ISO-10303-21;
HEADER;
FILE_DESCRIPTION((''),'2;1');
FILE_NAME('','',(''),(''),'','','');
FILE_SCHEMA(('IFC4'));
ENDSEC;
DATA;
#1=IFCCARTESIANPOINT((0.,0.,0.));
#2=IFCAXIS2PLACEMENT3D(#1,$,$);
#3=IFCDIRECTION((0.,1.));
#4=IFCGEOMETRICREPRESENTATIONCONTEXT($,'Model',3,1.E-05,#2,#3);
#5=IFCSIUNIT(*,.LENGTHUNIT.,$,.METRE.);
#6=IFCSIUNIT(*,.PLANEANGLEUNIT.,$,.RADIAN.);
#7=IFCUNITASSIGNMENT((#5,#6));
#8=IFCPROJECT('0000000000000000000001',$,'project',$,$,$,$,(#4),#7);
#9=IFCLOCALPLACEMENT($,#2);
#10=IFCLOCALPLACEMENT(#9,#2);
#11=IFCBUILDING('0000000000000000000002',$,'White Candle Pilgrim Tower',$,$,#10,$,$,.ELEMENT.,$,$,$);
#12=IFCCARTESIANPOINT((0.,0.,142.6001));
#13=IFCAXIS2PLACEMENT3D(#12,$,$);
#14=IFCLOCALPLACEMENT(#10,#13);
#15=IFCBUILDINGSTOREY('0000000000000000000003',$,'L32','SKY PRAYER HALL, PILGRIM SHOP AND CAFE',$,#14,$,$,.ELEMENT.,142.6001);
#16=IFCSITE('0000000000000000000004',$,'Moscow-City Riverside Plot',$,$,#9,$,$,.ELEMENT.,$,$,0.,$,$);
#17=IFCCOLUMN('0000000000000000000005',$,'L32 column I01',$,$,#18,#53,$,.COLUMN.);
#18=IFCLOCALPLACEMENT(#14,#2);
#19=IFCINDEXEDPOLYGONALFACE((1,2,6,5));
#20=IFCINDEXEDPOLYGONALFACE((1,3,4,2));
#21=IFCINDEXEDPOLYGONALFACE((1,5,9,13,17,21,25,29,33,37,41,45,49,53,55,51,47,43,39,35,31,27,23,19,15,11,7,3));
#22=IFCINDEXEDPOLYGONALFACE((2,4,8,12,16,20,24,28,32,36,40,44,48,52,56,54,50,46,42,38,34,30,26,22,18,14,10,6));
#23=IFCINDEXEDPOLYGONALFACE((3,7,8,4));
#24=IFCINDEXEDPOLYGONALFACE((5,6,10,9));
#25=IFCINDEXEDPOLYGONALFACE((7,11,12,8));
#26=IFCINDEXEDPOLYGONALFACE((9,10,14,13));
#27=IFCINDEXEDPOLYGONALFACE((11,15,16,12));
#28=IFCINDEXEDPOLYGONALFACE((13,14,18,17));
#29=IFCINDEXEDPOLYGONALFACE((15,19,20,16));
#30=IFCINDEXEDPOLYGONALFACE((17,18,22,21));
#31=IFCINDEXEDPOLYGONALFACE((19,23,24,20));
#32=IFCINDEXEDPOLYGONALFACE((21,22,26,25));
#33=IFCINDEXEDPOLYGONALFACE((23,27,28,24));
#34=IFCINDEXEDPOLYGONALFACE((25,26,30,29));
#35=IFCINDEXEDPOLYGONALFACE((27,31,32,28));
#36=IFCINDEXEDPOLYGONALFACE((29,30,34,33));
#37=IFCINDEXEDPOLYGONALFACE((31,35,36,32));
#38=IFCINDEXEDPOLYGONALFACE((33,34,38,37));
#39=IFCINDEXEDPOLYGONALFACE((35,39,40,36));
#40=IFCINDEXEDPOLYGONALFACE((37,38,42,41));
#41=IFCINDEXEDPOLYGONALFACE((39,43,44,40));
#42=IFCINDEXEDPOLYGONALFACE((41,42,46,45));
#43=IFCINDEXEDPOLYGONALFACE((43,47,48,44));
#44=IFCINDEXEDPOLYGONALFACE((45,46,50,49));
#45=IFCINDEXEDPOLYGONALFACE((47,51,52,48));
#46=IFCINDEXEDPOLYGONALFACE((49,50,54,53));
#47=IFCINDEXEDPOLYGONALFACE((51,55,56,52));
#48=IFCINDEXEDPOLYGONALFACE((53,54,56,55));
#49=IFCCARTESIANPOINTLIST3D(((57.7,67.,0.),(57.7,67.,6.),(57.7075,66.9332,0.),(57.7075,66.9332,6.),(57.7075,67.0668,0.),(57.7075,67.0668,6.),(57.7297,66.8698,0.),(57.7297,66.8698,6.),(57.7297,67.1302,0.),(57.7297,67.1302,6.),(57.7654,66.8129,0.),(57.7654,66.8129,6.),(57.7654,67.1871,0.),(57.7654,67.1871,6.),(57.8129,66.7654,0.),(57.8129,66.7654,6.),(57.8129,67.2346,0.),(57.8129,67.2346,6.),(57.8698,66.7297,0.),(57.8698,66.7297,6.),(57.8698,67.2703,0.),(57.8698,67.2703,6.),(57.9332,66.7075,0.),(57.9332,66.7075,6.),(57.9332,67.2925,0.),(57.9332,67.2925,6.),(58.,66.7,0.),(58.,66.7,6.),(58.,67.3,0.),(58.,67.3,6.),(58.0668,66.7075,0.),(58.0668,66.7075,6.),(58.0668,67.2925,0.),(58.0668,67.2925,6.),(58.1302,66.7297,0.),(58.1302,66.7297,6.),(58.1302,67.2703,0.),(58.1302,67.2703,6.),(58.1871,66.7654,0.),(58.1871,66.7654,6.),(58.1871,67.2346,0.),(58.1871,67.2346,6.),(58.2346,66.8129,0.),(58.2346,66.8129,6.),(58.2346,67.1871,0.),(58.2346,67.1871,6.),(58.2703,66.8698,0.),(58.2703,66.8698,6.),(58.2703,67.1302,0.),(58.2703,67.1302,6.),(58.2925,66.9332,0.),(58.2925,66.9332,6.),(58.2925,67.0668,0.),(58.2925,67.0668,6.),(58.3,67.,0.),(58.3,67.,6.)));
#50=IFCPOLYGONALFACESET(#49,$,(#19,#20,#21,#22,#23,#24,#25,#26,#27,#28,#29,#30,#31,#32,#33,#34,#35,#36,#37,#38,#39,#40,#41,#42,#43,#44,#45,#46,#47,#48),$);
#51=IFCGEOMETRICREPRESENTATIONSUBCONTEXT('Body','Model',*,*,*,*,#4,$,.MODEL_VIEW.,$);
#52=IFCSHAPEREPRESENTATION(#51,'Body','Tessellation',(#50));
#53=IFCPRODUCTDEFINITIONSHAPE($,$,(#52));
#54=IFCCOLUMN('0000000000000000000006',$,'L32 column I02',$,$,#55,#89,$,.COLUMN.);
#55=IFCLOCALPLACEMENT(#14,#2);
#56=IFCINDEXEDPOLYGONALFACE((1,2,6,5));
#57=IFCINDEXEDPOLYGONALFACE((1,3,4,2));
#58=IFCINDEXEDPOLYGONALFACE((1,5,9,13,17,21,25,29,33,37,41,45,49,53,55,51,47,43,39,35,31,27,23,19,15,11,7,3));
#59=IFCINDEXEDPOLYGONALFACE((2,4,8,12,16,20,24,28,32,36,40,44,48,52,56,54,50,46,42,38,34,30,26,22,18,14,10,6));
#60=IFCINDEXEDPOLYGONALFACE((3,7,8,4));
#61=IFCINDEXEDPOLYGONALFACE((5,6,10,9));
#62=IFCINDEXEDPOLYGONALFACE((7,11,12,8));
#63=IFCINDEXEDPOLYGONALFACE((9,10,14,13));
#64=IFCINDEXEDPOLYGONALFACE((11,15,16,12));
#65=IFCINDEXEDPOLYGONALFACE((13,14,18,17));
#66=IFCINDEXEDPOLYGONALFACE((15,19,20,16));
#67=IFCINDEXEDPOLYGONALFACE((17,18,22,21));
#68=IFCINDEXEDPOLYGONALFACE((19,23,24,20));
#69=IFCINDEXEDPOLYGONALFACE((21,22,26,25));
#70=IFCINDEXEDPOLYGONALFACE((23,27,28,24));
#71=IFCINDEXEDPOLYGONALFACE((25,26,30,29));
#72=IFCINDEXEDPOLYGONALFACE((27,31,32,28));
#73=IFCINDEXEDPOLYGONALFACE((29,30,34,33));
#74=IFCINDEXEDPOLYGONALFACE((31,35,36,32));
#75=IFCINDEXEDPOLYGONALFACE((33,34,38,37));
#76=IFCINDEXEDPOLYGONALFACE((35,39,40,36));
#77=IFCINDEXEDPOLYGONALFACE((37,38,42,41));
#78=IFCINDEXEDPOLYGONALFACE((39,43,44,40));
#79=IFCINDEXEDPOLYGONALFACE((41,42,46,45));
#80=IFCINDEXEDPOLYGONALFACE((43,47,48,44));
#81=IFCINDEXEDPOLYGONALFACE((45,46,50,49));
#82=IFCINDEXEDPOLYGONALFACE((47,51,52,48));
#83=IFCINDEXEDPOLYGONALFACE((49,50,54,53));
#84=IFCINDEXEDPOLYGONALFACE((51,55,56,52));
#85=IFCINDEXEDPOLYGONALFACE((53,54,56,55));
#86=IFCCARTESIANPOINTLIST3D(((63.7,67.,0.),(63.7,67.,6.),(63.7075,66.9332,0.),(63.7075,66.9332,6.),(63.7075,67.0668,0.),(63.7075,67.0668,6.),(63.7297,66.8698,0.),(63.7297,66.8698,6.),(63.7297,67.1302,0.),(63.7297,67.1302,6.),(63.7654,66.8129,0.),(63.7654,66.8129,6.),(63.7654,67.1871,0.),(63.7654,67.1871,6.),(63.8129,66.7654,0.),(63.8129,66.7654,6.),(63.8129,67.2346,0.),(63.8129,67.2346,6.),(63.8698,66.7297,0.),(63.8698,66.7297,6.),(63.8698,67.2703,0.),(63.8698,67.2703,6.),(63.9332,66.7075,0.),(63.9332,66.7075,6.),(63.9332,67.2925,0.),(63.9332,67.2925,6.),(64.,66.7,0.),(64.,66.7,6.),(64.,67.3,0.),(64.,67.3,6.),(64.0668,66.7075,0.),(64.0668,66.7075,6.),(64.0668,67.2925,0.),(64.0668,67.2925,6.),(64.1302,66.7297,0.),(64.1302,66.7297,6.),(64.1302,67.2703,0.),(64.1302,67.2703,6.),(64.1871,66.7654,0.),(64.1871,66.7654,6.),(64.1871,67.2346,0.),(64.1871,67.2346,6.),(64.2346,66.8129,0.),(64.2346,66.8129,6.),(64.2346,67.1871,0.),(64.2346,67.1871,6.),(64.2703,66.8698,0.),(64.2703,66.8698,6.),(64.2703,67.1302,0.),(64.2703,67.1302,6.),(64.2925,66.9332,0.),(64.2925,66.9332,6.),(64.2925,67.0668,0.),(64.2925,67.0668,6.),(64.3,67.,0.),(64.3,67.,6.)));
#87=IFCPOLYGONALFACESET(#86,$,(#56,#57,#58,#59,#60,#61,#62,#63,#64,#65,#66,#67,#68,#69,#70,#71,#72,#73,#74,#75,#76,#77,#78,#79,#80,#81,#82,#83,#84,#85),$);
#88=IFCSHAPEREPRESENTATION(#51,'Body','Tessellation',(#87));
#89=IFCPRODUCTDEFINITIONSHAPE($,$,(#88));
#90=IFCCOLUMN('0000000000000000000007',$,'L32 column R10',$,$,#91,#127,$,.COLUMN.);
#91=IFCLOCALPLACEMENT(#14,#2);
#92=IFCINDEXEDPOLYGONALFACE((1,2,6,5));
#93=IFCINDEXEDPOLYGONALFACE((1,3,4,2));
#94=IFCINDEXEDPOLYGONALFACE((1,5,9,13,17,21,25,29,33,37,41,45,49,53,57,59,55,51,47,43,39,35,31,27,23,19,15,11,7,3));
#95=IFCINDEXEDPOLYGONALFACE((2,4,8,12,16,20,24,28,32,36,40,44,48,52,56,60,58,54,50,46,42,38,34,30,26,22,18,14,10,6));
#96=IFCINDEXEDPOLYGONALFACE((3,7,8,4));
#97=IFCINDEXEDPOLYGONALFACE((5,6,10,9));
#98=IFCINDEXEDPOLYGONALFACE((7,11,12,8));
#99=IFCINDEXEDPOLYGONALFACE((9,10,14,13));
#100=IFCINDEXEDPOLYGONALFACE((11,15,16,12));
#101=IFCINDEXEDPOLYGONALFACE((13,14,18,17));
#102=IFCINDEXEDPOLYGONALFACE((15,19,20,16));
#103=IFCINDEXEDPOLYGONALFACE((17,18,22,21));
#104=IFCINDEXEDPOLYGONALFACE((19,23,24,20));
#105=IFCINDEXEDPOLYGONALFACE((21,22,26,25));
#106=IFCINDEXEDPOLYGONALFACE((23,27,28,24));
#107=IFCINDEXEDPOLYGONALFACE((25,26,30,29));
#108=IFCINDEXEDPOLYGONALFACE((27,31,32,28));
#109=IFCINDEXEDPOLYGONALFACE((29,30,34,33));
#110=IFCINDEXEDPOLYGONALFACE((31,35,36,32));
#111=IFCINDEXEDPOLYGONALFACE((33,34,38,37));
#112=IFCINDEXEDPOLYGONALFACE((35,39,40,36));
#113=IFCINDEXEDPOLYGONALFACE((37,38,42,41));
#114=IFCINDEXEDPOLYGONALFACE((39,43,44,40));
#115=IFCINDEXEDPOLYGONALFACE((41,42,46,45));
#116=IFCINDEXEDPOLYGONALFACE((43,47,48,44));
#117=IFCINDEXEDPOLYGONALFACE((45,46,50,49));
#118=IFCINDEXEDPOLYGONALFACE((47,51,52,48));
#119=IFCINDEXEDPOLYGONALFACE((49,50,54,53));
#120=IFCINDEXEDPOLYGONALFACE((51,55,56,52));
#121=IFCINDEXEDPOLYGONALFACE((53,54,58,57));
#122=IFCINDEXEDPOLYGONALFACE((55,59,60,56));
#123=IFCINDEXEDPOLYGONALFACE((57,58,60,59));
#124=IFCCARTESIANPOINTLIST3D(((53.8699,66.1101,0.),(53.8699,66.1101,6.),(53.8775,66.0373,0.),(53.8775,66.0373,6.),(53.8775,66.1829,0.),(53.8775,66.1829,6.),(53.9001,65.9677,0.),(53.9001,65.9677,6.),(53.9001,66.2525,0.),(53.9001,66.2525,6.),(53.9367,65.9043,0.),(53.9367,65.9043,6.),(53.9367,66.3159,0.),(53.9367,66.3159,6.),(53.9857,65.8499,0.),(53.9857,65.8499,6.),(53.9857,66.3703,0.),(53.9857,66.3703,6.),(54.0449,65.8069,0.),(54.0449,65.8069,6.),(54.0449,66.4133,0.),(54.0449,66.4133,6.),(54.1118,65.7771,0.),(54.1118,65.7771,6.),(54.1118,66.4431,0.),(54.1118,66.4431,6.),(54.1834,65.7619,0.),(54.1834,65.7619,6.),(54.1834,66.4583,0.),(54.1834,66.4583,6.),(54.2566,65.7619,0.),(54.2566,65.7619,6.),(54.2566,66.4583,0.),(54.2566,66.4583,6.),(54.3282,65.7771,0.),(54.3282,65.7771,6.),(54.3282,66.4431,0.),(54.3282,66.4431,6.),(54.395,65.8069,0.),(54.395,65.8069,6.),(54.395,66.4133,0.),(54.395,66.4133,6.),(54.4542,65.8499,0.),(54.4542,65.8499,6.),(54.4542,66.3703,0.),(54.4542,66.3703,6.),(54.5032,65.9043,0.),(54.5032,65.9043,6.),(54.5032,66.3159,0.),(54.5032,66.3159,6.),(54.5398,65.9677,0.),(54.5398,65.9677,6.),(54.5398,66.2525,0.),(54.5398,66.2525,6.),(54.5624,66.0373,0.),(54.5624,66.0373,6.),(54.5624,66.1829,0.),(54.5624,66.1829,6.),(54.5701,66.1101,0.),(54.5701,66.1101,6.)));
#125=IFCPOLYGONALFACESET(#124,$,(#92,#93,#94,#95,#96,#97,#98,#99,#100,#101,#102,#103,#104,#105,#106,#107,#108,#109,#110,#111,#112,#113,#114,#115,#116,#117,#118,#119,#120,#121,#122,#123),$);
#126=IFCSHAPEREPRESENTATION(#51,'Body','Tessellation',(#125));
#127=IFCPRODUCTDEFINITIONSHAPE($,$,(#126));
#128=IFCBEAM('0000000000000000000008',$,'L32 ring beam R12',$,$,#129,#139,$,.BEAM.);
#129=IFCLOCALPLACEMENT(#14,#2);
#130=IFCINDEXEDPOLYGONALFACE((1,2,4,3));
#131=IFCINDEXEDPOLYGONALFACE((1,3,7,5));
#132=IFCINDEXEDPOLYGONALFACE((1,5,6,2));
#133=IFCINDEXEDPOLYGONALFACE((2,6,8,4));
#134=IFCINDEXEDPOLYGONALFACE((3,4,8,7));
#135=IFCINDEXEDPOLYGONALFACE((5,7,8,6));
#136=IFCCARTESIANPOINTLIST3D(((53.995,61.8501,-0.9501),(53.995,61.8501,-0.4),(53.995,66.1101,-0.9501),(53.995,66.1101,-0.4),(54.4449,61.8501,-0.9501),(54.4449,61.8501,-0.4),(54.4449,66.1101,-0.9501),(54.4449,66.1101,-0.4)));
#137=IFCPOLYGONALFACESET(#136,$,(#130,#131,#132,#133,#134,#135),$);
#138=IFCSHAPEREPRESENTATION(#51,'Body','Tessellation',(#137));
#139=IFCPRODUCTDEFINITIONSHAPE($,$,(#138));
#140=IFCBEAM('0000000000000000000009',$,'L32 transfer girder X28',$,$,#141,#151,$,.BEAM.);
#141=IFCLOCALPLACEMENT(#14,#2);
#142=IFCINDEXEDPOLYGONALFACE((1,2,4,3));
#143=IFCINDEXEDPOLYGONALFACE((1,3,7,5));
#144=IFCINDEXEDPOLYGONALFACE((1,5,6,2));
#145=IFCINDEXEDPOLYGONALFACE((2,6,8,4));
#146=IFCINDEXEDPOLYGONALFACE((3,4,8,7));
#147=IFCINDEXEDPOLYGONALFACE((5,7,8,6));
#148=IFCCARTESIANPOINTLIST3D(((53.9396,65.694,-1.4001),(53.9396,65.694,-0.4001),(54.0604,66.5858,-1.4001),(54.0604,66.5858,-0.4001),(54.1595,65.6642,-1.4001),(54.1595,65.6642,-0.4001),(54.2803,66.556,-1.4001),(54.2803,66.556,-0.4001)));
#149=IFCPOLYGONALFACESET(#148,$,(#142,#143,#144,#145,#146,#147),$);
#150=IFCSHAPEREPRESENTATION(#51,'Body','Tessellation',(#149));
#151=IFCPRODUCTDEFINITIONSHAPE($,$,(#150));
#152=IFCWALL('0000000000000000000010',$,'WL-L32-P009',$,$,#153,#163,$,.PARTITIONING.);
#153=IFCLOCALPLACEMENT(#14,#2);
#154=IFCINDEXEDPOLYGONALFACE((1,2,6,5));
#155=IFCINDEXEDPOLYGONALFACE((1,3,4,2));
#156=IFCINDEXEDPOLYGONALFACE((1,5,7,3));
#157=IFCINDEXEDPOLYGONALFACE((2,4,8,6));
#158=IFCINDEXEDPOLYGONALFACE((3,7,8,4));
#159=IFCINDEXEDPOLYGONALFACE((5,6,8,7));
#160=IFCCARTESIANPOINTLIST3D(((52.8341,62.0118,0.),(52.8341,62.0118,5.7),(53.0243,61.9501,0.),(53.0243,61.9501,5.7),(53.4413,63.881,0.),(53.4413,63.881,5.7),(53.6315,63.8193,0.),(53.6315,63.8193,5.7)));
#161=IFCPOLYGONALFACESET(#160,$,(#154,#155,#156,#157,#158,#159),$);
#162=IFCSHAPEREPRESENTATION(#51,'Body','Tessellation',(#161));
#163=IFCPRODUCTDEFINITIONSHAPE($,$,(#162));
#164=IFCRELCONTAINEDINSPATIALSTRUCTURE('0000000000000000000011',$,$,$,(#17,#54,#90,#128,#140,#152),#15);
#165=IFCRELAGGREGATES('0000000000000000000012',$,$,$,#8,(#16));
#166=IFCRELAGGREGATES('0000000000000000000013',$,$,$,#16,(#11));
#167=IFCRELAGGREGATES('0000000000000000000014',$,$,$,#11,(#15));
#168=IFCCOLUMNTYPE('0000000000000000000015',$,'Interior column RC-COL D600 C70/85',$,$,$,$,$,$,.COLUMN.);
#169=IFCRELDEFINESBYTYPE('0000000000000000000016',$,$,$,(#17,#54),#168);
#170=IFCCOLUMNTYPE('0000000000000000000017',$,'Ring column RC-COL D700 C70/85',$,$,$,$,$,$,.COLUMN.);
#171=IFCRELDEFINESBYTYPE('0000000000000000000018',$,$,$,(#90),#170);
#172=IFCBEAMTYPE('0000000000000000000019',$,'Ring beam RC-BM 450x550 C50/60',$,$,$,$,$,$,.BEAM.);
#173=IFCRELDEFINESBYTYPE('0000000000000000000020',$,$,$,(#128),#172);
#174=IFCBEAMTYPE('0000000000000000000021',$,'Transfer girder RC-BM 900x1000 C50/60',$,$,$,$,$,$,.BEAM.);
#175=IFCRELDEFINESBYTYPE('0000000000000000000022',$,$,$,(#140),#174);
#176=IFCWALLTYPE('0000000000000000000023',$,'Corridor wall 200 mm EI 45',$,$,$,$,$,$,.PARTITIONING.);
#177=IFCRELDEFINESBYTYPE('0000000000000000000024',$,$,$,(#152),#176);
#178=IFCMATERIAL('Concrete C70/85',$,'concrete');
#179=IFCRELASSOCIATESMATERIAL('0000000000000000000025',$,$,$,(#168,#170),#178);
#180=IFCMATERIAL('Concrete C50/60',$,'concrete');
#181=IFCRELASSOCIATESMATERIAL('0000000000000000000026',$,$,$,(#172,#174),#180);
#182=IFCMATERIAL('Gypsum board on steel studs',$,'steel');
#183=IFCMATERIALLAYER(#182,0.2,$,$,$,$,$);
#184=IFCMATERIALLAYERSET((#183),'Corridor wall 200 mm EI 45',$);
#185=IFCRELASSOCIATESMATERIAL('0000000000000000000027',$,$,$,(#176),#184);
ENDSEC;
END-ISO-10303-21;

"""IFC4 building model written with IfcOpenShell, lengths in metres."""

from ifc_helpers import new_model, si_unit, direction, frame, frame_2d, origin, origin_2d, place, context, subcontext, project, spatial, rectangle, circle, extrude, material, layer, layer_set, material_profile, profile_set, type_object, element, save


model = new_model("IFC4")

# Units and contexts
model_context = context("Model", 3, precision=1e-05, world=origin(), true_north=direction((0.0, 1.0)))
body_context = subcontext(model_context, "Body", "Model", "MODEL_VIEW")
ifc_project = project(units=[si_unit("LENGTHUNIT", "METRE"), si_unit("PLANEANGLEUNIT", "RADIAN")], contexts=[model_context])

# Site, building, storey
site_placement = place(None, origin())
site = spatial("IfcSite", under=ifc_project, at=site_placement, Name="Moscow-City Riverside Plot", CompositionType="ELEMENT", RefElevation=0.0)
building_placement = place(site_placement, origin())
building = spatial("IfcBuilding", under=site, at=building_placement, Name="White Candle Pilgrim Tower", CompositionType="ELEMENT")
storey_placement = place(building_placement, frame((0.0, 0.0, 142.6001)))
storey = spatial("IfcBuildingStorey", under=building, at=storey_placement, Name="L32", Description="SKY PRAYER HALL, PILGRIM SHOP AND CAFE", CompositionType="ELEMENT", Elevation=142.6001)

# Columns
ifc_material_1 = material(Name="Concrete C70/85", Category="concrete")
ifc_material_profile_1 = material_profile(ifc_material_1, circle(Radius=0.3, at=origin_2d()), Name="RC-COL D600")
ifc_profile_set_1 = profile_set([ifc_material_profile_1], Name="Concrete C70/85")
column_type_1 = type_object("IfcColumnType", Name="Interior column RC-COL D600 C70/85", PredefinedType="COLUMN", material=ifc_profile_set_1)
for number, where, z_axis, x_axis, name in (
    (1, (58.0, 67.0, 0.0), (0.0, 0.0, 1.0), (1.0, 0.0, 0.0), "L32 column I01"),
    (2, (64.0, 67.0, 0.0), (0.0, 0.0, 1.0), (1.0, 0.0, 0.0), "L32 column I02"),
):
    element("IfcColumn", number, at=place(storey_placement, frame(where, z_axis=z_axis, x_axis=x_axis)), inside=storey, type_object=column_type_1, Name=name, PredefinedType="COLUMN", context=body_context, shape_type="SweptSolid", body=[
        extrude(circle(Radius=0.3, at=origin_2d()), origin(), (0.0, 0.0, 1.0), 6.0),
    ])
ifc_material_profile_2 = material_profile(ifc_material_1, circle(Radius=0.3501, at=origin_2d()), Name="RC-COL D700")
ifc_profile_set_2 = profile_set([ifc_material_profile_2], Name="Concrete C70/85")
column_type_2 = type_object("IfcColumnType", Name="Ring column RC-COL D700 C70/85", PredefinedType="COLUMN", material=ifc_profile_set_2)
column_placement = place(storey_placement, frame((54.22, 66.1101, 0.0), z_axis=(0.0, 0.0, 1.0), x_axis=(1.0, 0.0, 0.0)))
element("IfcColumn", 3, at=column_placement, inside=storey, type_object=column_type_2, Name="L32 column R10", PredefinedType="COLUMN", context=body_context, shape_type="SweptSolid", body=[
    extrude(circle(Radius=0.3501, at=origin_2d()), origin(), (0.0, 0.0, 1.0), 6.0),
])

# Beams
ifc_material_2 = material(Name="Concrete C50/60", Category="concrete")
ifc_material_profile_3 = material_profile(ifc_material_2, rectangle(XDim=0.45, YDim=0.55, at=origin_2d()), Name="RC-BM 450x550")
ifc_profile_set_3 = profile_set([ifc_material_profile_3], Name="Concrete C50/60")
beam_type_1 = type_object("IfcBeamType", Name="Ring beam RC-BM 450x550 C50/60", PredefinedType="BEAM", material=ifc_profile_set_3)
beam_1_placement = place(storey_placement, frame((54.22, 66.1101, -0.675), z_axis=(0.0, -1.0, 0.0), x_axis=(1.0, 0.0, 0.0)))
element("IfcBeam", 4, at=beam_1_placement, inside=storey, type_object=beam_type_1, Name="L32 ring beam R12", PredefinedType="BEAM", context=body_context, shape_type="SweptSolid", body=[
    extrude(rectangle(XDim=0.45, YDim=0.55, at=origin_2d()), origin(), (0.0, 0.0, 1.0), 4.26),
])
ifc_material_profile_4 = material_profile(ifc_material_2, rectangle(XDim=0.8999, YDim=1.0, at=origin_2d()), Name="RC-BM 900x1000")
ifc_profile_set_4 = profile_set([ifc_material_profile_4], Name="Concrete C50/60")
beam_type_2 = type_object("IfcBeamType", Name="Transfer girder RC-BM 900x1000 C50/60", PredefinedType="BEAM", material=ifc_profile_set_4)
beam_2_placement = place(storey_placement, frame((54.0, 66.1399, -0.9001), z_axis=(0.990957, -0.134181, 0.0), x_axis=(0.134181, 0.990957, 0.0)))
element("IfcBeam", 5, at=beam_2_placement, inside=storey, type_object=beam_type_2, Name="L32 transfer girder X28", PredefinedType="BEAM", context=body_context, shape_type="SweptSolid", body=[
    extrude(rectangle(XDim=0.8999, YDim=1.0, at=origin_2d()), origin(), (0.0, 0.0, 1.0), 0.2219),
])

# Wall
ifc_material_3 = material(Name="Gypsum board on steel studs", Category="steel")
ifc_layer_1 = layer(ifc_material_3, 0.2)
ifc_layer_set_1 = layer_set([ifc_layer_1], Name="Corridor wall 200 mm EI 45")
wall_type_1 = type_object("IfcWallType", Name="Corridor wall 200 mm EI 45", PredefinedType="PARTITIONING", material=ifc_layer_set_1)
wall_1_placement = place(storey_placement, frame((52.9292, 61.981, 0.0), z_axis=(0.0, 0.0, 1.0), x_axis=(0.308951, 0.951078, 0.0)))
element("IfcWall", 6, at=wall_1_placement, inside=storey, type_object=wall_type_1, Name="WL-L32-P009", PredefinedType="PARTITIONING", context=body_context, shape_type="SweptSolid", body=[
    extrude(rectangle(XDim=1.9653, YDim=0.2, at=frame_2d((0.9827, 0.0))), origin(), (0.0, 0.0, 1.0), 5.7),
])

save(model, "model.ifc")
